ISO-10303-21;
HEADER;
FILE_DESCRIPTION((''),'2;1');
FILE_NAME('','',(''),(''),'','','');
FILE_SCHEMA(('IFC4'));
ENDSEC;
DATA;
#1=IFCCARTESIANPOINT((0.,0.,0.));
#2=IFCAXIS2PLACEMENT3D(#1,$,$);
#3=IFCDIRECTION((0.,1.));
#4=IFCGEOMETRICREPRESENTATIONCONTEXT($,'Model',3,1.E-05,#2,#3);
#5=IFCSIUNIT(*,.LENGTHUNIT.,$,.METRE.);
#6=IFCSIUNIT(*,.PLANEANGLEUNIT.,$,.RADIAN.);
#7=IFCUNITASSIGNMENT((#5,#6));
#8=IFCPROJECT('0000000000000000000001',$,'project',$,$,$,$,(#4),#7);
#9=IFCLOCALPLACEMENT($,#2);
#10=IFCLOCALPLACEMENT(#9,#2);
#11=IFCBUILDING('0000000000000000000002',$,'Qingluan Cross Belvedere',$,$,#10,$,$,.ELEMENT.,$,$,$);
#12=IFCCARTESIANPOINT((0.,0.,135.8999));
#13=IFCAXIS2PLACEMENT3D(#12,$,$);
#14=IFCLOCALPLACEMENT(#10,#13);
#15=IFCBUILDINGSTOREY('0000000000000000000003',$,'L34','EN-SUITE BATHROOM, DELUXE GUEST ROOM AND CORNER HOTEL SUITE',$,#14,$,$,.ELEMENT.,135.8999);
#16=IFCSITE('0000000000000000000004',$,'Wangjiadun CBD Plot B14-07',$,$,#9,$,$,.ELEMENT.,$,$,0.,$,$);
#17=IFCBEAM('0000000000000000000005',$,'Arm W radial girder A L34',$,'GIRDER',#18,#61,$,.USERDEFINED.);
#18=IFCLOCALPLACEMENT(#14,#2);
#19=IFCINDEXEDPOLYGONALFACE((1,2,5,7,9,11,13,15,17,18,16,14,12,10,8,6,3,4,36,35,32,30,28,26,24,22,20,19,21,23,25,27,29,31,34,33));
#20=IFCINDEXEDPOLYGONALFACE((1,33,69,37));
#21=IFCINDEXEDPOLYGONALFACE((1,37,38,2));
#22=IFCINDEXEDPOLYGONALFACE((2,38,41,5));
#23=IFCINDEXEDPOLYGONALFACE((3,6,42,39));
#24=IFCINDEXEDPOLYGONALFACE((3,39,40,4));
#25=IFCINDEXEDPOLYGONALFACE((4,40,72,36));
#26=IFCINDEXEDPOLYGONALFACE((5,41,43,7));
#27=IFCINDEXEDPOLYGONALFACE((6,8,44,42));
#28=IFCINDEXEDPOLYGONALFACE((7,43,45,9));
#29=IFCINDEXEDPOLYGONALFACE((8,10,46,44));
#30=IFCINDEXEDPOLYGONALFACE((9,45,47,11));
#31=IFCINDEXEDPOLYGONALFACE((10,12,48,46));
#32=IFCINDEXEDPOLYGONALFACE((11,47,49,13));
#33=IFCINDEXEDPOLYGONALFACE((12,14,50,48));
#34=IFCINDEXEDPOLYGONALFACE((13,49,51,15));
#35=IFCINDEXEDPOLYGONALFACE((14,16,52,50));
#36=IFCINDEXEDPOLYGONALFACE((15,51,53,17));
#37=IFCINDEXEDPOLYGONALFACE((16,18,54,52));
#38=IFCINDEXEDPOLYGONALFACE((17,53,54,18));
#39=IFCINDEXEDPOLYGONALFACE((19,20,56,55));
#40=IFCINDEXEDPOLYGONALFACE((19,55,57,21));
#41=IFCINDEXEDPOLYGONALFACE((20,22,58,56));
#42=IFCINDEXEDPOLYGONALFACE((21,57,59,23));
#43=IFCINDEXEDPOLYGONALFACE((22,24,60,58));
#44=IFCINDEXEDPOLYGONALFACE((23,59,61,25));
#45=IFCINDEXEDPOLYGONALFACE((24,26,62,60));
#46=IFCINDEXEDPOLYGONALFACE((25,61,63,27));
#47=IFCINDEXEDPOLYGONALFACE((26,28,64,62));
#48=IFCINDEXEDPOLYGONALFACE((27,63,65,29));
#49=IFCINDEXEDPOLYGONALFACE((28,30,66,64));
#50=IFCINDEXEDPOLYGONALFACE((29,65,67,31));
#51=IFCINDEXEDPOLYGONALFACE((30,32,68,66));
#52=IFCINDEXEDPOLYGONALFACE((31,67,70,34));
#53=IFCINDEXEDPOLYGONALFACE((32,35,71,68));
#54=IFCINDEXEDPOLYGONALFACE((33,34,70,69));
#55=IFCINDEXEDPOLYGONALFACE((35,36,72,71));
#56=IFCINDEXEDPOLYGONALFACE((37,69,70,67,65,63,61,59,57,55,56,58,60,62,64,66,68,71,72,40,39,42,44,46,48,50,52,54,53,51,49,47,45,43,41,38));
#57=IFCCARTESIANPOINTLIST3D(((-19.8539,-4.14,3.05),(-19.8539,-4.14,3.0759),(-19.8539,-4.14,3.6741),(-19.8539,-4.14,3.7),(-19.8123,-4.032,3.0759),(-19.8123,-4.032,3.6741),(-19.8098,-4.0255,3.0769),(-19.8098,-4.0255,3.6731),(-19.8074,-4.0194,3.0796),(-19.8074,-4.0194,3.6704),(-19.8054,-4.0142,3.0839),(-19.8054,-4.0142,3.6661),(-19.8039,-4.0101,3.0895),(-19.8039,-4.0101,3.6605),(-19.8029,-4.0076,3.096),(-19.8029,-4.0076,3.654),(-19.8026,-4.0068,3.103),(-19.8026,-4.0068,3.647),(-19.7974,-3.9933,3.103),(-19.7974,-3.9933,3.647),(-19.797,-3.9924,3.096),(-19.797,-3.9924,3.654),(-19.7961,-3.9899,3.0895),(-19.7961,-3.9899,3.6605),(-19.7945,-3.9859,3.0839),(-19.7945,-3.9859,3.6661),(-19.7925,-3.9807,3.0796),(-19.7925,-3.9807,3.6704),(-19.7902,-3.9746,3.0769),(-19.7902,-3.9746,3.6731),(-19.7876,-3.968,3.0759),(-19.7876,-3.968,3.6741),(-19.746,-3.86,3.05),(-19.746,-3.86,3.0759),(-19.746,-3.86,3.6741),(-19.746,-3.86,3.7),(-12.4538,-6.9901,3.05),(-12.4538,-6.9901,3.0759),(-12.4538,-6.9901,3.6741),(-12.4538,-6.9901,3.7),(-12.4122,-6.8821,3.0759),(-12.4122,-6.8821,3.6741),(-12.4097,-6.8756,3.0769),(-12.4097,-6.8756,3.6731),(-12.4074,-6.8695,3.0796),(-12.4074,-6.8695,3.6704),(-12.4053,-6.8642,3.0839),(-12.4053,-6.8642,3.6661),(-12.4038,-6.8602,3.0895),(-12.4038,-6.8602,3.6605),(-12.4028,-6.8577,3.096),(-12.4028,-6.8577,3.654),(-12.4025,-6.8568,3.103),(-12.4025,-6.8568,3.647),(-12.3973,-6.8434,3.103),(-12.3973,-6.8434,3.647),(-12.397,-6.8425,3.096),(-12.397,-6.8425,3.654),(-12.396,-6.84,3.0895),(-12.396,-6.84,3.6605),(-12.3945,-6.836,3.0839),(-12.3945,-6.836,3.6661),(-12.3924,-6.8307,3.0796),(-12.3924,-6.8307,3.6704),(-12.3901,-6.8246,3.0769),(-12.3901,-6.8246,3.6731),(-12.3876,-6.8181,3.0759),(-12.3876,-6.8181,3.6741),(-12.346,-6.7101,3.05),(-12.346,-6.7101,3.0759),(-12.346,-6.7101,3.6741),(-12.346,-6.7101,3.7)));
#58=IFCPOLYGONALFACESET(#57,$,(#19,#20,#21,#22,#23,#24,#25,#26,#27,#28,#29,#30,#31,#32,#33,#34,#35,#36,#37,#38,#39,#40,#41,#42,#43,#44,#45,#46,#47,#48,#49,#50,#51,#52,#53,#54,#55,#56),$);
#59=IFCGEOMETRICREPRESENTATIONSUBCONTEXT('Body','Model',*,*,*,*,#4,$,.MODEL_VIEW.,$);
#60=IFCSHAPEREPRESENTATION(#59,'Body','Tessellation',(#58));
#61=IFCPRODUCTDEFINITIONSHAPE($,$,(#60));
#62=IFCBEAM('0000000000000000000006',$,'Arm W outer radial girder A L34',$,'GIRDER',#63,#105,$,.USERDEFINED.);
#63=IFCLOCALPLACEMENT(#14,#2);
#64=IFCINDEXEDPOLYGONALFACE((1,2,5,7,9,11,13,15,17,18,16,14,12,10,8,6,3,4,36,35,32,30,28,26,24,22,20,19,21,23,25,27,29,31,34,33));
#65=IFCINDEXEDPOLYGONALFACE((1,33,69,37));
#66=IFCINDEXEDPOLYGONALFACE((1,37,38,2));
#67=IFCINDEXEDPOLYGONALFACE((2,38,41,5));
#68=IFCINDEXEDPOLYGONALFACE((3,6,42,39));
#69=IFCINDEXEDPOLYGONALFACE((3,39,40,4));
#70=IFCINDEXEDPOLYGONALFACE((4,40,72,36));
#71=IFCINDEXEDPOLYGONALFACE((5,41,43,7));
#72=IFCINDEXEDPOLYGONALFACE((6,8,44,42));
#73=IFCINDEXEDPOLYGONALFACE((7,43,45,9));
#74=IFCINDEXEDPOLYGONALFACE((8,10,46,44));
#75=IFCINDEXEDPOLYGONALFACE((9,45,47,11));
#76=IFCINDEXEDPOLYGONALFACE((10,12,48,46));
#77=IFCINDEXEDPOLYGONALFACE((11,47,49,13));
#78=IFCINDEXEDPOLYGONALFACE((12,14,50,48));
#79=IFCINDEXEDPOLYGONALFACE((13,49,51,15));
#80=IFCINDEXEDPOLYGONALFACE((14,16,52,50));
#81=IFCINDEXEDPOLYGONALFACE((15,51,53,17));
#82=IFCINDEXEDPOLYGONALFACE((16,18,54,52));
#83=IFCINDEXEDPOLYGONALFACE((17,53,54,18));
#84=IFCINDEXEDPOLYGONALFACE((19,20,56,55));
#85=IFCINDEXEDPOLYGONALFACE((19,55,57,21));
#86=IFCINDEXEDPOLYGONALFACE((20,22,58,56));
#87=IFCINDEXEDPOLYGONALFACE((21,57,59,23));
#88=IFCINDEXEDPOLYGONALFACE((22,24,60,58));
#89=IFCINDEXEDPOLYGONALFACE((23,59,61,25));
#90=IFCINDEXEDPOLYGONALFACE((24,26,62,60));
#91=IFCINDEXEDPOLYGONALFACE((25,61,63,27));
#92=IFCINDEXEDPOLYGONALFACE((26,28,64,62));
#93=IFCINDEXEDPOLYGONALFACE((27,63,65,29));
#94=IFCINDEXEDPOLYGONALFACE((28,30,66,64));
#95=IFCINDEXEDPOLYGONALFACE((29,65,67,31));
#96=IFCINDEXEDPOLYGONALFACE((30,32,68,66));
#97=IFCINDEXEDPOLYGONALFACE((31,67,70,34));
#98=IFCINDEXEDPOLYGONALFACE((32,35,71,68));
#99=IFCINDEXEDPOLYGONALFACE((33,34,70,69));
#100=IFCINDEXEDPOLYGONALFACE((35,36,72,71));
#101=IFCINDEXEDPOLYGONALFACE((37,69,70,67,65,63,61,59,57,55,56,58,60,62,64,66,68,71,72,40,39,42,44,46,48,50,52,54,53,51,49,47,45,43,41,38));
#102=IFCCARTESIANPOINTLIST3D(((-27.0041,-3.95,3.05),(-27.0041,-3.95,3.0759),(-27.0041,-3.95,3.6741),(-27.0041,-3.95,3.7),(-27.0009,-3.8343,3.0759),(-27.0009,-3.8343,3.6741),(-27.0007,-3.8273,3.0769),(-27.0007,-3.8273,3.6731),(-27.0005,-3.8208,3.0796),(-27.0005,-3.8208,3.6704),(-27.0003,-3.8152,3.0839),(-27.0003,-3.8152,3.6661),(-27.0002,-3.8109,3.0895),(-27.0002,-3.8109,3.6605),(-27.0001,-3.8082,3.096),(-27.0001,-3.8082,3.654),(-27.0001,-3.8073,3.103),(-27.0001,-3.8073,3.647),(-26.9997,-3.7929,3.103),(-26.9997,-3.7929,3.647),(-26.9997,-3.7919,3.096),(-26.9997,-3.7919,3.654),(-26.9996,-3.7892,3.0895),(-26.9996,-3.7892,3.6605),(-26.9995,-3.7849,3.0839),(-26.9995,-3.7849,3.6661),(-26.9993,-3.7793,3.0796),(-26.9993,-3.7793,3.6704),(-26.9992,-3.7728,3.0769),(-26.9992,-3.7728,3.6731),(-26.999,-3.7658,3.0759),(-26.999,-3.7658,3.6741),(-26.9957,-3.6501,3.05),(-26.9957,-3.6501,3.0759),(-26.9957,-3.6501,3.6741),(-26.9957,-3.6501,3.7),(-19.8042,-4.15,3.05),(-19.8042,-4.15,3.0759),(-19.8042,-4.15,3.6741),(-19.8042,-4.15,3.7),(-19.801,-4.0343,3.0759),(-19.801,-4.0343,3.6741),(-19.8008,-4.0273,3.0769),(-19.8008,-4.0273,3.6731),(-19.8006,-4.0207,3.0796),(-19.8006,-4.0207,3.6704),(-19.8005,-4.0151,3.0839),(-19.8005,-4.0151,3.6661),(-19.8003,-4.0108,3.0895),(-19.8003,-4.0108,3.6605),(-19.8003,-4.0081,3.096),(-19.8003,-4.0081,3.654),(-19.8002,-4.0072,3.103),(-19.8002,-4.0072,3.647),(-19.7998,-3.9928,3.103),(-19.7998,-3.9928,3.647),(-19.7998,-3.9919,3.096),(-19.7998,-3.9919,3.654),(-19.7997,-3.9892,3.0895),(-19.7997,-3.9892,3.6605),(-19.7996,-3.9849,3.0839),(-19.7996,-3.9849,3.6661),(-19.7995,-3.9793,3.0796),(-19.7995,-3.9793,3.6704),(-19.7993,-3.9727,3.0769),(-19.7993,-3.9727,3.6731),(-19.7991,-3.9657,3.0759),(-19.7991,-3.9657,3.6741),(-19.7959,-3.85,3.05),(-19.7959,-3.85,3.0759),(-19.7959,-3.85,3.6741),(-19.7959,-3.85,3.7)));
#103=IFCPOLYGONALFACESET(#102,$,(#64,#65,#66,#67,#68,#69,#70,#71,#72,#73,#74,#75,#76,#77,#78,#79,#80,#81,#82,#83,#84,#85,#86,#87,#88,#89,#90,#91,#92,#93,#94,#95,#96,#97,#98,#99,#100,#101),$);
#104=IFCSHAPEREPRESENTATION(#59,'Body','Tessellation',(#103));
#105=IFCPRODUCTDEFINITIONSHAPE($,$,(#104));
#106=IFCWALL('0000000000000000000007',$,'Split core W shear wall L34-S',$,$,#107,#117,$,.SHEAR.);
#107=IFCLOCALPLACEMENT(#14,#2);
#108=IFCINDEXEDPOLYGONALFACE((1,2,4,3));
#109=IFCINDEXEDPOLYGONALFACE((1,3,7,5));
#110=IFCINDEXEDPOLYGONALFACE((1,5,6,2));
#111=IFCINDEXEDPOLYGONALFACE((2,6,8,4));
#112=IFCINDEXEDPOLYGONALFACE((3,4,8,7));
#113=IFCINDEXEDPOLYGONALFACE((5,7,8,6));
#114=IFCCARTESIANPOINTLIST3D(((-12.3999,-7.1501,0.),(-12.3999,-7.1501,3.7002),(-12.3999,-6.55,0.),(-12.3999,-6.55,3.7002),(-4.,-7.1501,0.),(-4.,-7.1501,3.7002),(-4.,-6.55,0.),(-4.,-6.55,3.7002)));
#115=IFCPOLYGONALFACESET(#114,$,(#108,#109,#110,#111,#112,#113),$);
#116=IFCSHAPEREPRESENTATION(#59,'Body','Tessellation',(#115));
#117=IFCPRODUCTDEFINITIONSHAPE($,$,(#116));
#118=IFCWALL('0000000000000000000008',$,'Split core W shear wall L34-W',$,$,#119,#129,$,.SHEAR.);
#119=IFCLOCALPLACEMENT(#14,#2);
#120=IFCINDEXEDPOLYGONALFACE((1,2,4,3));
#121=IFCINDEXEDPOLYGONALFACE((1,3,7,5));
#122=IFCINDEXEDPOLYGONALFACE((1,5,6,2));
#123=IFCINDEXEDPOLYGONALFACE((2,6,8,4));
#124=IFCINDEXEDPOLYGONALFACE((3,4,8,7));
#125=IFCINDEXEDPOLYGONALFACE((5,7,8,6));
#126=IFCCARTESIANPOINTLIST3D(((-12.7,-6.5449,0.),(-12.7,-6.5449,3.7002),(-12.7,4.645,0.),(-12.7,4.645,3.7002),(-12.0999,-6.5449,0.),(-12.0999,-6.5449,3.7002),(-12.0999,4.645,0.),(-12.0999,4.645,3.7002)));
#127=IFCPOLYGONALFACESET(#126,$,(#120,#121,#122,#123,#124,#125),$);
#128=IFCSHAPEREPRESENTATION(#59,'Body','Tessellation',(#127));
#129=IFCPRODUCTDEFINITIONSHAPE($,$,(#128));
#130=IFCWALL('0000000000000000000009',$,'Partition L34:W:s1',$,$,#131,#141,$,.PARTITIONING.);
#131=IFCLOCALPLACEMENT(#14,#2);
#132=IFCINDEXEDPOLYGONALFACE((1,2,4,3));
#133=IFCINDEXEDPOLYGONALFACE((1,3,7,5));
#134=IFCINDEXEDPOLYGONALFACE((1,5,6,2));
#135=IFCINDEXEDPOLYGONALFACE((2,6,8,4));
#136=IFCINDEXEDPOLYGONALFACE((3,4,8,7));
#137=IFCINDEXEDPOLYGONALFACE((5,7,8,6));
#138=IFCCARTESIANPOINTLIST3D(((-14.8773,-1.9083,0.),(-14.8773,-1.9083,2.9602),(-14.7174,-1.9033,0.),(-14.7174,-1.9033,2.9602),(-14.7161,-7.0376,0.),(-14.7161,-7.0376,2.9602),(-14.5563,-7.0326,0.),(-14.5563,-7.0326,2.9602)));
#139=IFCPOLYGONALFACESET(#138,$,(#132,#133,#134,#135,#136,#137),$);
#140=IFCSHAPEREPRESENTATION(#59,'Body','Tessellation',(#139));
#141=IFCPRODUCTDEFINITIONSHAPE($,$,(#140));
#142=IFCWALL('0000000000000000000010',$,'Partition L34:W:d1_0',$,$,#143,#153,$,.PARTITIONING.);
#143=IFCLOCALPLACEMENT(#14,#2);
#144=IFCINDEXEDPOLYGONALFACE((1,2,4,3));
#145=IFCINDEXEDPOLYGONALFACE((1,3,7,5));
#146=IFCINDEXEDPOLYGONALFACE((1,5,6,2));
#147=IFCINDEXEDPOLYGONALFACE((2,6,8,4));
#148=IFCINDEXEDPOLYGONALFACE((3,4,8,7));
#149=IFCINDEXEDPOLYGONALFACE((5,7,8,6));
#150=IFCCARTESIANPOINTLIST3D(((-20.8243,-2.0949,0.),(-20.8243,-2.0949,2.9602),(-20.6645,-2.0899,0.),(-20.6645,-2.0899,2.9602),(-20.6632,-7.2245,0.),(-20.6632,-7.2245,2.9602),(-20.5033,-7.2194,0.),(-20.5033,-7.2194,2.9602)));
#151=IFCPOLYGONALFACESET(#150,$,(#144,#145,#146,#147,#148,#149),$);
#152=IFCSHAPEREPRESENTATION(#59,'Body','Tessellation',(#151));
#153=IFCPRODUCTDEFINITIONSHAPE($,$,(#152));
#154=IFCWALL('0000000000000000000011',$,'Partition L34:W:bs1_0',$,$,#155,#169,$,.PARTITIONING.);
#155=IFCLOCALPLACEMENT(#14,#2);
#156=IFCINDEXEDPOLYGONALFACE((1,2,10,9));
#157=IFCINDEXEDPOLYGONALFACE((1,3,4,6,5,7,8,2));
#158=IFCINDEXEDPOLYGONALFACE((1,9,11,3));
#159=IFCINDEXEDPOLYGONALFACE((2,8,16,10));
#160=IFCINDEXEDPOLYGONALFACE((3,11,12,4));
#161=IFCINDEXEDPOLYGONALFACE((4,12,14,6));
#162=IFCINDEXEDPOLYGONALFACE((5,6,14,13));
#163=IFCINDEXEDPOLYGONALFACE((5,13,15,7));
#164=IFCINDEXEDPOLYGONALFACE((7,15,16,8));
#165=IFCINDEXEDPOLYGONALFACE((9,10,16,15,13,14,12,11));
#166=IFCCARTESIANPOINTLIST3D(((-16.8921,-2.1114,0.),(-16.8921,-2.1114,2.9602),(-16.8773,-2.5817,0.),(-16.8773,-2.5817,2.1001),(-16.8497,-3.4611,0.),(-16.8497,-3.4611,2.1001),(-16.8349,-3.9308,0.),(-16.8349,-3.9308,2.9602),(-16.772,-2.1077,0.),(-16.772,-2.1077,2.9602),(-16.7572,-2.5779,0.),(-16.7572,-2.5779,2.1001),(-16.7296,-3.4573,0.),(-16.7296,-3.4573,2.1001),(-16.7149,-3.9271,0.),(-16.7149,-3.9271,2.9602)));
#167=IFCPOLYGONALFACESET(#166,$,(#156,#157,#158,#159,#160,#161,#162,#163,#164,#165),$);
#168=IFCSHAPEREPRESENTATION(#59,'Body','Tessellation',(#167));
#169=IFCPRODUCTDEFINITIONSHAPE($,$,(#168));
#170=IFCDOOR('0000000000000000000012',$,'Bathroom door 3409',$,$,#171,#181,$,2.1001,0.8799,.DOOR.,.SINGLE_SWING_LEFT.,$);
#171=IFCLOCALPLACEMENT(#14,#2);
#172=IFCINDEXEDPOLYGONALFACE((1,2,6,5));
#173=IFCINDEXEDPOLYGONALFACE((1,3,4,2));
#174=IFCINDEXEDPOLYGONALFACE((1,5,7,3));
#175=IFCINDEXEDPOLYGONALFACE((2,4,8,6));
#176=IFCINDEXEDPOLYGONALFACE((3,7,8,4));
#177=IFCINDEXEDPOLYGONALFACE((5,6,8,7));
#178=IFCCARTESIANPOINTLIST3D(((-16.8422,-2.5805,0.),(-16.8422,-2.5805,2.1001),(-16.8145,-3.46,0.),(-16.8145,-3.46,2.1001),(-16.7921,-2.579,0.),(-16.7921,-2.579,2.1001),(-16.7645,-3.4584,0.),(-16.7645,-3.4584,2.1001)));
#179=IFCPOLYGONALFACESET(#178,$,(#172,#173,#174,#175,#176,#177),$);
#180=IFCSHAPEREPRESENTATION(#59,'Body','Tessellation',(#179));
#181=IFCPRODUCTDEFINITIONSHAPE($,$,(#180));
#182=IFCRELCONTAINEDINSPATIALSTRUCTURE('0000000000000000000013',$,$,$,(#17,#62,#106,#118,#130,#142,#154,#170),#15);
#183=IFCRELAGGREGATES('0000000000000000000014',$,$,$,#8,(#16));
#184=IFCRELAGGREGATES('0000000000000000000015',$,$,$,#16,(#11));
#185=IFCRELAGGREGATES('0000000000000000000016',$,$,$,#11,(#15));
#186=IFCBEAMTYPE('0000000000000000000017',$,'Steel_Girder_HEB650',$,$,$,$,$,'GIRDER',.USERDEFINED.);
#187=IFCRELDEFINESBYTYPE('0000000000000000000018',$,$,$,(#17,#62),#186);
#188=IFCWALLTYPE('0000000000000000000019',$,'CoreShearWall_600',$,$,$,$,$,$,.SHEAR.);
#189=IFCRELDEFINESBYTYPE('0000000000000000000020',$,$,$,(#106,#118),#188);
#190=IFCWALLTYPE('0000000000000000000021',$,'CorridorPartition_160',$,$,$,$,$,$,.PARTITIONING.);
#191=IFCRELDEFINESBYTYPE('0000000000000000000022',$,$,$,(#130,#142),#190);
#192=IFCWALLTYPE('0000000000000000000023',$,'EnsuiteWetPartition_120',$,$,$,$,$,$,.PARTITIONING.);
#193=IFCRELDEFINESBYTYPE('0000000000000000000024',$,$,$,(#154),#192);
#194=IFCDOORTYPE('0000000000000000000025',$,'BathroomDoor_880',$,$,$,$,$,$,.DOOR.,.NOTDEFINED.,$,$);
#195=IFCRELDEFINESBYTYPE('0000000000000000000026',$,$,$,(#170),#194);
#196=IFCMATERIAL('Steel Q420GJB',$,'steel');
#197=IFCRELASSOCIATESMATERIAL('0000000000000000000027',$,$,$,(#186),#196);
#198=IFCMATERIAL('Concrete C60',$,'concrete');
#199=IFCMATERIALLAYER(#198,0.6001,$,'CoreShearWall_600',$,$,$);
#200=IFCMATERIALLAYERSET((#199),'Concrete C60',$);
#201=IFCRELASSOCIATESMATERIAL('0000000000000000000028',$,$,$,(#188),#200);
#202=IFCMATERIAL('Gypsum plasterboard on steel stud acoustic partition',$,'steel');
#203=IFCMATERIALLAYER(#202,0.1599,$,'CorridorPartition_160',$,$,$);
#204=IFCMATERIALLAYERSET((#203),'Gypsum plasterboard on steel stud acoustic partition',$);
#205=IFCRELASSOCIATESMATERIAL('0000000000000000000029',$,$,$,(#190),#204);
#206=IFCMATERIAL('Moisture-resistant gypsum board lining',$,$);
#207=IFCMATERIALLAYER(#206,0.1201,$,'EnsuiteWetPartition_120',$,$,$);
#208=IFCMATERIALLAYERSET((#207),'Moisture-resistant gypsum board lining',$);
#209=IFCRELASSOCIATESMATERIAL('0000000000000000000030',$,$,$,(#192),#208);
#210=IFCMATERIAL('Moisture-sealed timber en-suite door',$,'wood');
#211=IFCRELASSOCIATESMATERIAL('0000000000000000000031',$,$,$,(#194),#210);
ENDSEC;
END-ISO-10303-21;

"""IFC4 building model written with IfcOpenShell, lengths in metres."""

from ifc_helpers import new_model, si_unit, direction, frame, frame_2d, origin, origin_2d, place, context, subcontext, project, spatial, rectangle, i_section, extrude, material, layer, layer_set, material_profile, profile_set, type_object, element, fill, save


model = new_model("IFC4")

# Units and contexts
model_context = context("Model", 3, precision=1e-05, world=origin(), true_north=direction((0.0, 1.0)))
body_context = subcontext(model_context, "Body", "Model", "MODEL_VIEW")
ifc_project = project(units=[si_unit("LENGTHUNIT", "METRE"), si_unit("PLANEANGLEUNIT", "RADIAN")], contexts=[model_context])

# Site, building, storey
site_placement = place(None, origin())
site = spatial("IfcSite", under=ifc_project, at=site_placement, Name="Wangjiadun CBD Plot B14-07", CompositionType="ELEMENT", RefElevation=0.0)
building_placement = place(site_placement, origin())
building = spatial("IfcBuilding", under=site, at=building_placement, Name="Qingluan Cross Belvedere", CompositionType="ELEMENT")
storey_placement = place(building_placement, frame((0.0, 0.0, 135.8999)))
storey = spatial("IfcBuildingStorey", under=building, at=storey_placement, Name="L34", Description="EN-SUITE BATHROOM, DELUXE GUEST ROOM AND CORNER HOTEL SUITE", CompositionType="ELEMENT", Elevation=135.8999)

# Beams
ifc_material_1 = material(Name="Steel Q420GJB", Category="steel")
ifc_material_profile_1 = material_profile(ifc_material_1, i_section(OverallWidth=0.3, OverallDepth=0.6499, WebThickness=0.0144, FlangeThickness=0.0259, FilletRadius=0.0271, at=origin_2d()), Name="HEB650")
ifc_profile_set_1 = profile_set([ifc_material_profile_1], Name="Steel Q420GJB")
beam_type_1 = type_object("IfcBeamType", Name="Steel_Girder_HEB650", ElementType="GIRDER", PredefinedType="USERDEFINED", material=ifc_profile_set_1)
beam_1_placement = place(storey_placement, frame((-12.3999, -6.8501, 3.375), z_axis=(-0.933181, 0.359406, 0.0), x_axis=(-0.359406, -0.933181, 0.0)))
element("IfcBeam", 1, at=beam_1_placement, inside=storey, type_object=beam_type_1, Name="Arm W radial girder A L34", ObjectType="GIRDER", PredefinedType="USERDEFINED", context=body_context, shape_type="SweptSolid", body=[
    extrude(i_section(OverallWidth=0.3, OverallDepth=0.6499, WebThickness=0.0144, FlangeThickness=0.0259, FilletRadius=0.0271, at=origin_2d()), origin(), (0.0, 0.0, 1.0), 7.9299),
])
beam_2_placement = place(storey_placement, frame((-19.8, -4.0, 3.375), z_axis=(-0.999615, 0.02776, 0.0), x_axis=(-0.02776, -0.999615, 0.0)))
element("IfcBeam", 2, at=beam_2_placement, inside=storey, type_object=beam_type_1, Name="Arm W outer radial girder A L34", ObjectType="GIRDER", PredefinedType="USERDEFINED", context=body_context, shape_type="SweptSolid", body=[
    extrude(i_section(OverallWidth=0.3, OverallDepth=0.6499, WebThickness=0.0144, FlangeThickness=0.0259, FilletRadius=0.0271, at=origin_2d()), origin(), (0.0, 0.0, 1.0), 7.2026),
])

# Walls
ifc_material_2 = material(Name="Concrete C60", Category="concrete")
ifc_layer_1 = layer(ifc_material_2, 0.6001, Name="CoreShearWall_600")
ifc_layer_set_1 = layer_set([ifc_layer_1], Name="Concrete C60")
wall_type_1 = type_object("IfcWallType", Name="CoreShearWall_600", PredefinedType="SHEAR", material=ifc_layer_set_1)
wall_1_placement = place(storey_placement, frame((-12.3999, -6.8501, 0.0), z_axis=(0.0, 0.0, 1.0), x_axis=(1.0, 0.0, 0.0)))
element("IfcWall", 3, at=wall_1_placement, inside=storey, type_object=wall_type_1, Name="Split core W shear wall L34-S", PredefinedType="SHEAR", context=body_context, shape_type="SweptSolid", body=[
    extrude(rectangle(XDim=8.3999, YDim=0.6001, at=frame_2d((4.2, 0.0))), origin(), (0.0, 0.0, 1.0), 3.7002),
])
wall_2_placement = place(storey_placement, frame((-12.3999, -6.5449, 0.0), z_axis=(0.0, 0.0, 1.0), x_axis=(0.0, 1.0, 0.0)))
element("IfcWall", 4, at=wall_2_placement, inside=storey, type_object=wall_type_1, Name="Split core W shear wall L34-W", PredefinedType="SHEAR", context=body_context, shape_type="SweptSolid", body=[
    extrude(rectangle(XDim=11.1899, YDim=0.6001, at=frame_2d((5.595, 0.0))), origin(), (0.0, 0.0, 1.0), 3.7002),
])

# Shared definitions
ifc_material_3 = material(Name="Gypsum plasterboard on steel stud acoustic partition", Category="steel")
ifc_layer_2 = layer(ifc_material_3, 0.1599, Name="CorridorPartition_160")
ifc_layer_set_2 = layer_set([ifc_layer_2], Name="Gypsum plasterboard on steel stud acoustic partition")
wall_type_2 = type_object("IfcWallType", Name="CorridorPartition_160", PredefinedType="PARTITIONING", material=ifc_layer_set_2)

# Walls
wall_3_placement = place(storey_placement, frame((-14.7974, -1.9058, 0.0), z_axis=(0.0, 0.0, 1.0), x_axis=(0.031398, -0.999507, 0.0)))
element("IfcWall", 5, at=wall_3_placement, inside=storey, type_object=wall_type_2, Name="Partition L34:W:s1", PredefinedType="PARTITIONING", context=body_context, shape_type="SweptSolid", body=[
    extrude(rectangle(XDim=5.1318, YDim=0.1599, at=frame_2d((2.5659, 0.0))), origin(), (0.0, 0.0, 1.0), 2.9602),
])
wall_4_placement = place(storey_placement, frame((-20.7444, -2.0925, 0.0), z_axis=(0.0, 0.0, 1.0), x_axis=(0.031397, -0.999507, 0.0)))
element("IfcWall", 6, at=wall_4_placement, inside=storey, type_object=wall_type_2, Name="Partition L34:W:d1_0", PredefinedType="PARTITIONING", context=body_context, shape_type="SweptSolid", body=[
    extrude(rectangle(XDim=5.1321, YDim=0.1599, at=frame_2d((2.5659, 0.0))), origin(), (0.0, 0.0, 1.0), 2.9602),
])

# Wall, opening, door
ifc_material_4 = material(Name="Moisture-resistant gypsum board lining")
ifc_layer_3 = layer(ifc_material_4, 0.1201, Name="EnsuiteWetPartition_120")
ifc_layer_set_3 = layer_set([ifc_layer_3], Name="Moisture-resistant gypsum board lining")
wall_type_3 = type_object("IfcWallType", Name="EnsuiteWetPartition_120", PredefinedType="PARTITIONING", material=ifc_layer_set_3)
wall_5_placement = place(storey_placement, frame((-16.7749, -3.929, 0.0), z_axis=(0.0, 0.0, 1.0), x_axis=(-0.031385, 0.999507, 0.0)))
wall_5 = element("IfcWall", 7, at=wall_5_placement, inside=storey, type_object=wall_type_3, Name="Partition L34:W:bs1_0", PredefinedType="PARTITIONING", context=body_context, shape_type="SweptSolid", body=[
    extrude(rectangle(XDim=1.8203, YDim=0.1201, at=frame_2d((0.9102, 0.0))), origin(), (0.0, 0.0, 1.0), 2.9602),
])
opening_1_placement = place(wall_5_placement, frame((0.47, 0.0, 0.0)))
opening_1 = element("IfcOpeningElement", 8, at=opening_1_placement, cuts=wall_5, PredefinedType="OPENING", context=body_context, shape_type="SweptSolid", body=[
    extrude(rectangle(XDim=0.8799, YDim=2.1001, at=frame_2d((0.4399, 1.05))), frame((0.0, 0.0701, 0.0), z_axis=(0.0, -1.0, 0.0), x_axis=(1.0, 0.0, 0.0)), (0.0, 0.0, 1.0), 0.1401),
])
ifc_material_5 = material(Name="Moisture-sealed timber en-suite door", Category="wood")
door_type_1 = type_object("IfcDoorType", Name="BathroomDoor_880", OperationType="NOTDEFINED", PredefinedType="DOOR", material=ifc_material_5)
door_1_placement = place(opening_1_placement, origin())
door_1 = element("IfcDoor", 9, at=door_1_placement, inside=storey, type_object=door_type_1, Name="Bathroom door 3409", OperationType="SINGLE_SWING_LEFT", OverallHeight=2.1001, OverallWidth=0.8799, PredefinedType="DOOR", context=body_context, shape_type="SweptSolid", body=[
    extrude(rectangle(XDim=0.8799, YDim=2.1001, at=frame_2d((0.4399, 1.05))), frame((0.0, 0.0249, 0.0), z_axis=(0.0, -1.0, 0.0), x_axis=(1.0, 0.0, 0.0)), (0.0, 0.0, 1.0), 0.05),
])
fill(opening_1, door_1)

save(model, "model.ifc")
